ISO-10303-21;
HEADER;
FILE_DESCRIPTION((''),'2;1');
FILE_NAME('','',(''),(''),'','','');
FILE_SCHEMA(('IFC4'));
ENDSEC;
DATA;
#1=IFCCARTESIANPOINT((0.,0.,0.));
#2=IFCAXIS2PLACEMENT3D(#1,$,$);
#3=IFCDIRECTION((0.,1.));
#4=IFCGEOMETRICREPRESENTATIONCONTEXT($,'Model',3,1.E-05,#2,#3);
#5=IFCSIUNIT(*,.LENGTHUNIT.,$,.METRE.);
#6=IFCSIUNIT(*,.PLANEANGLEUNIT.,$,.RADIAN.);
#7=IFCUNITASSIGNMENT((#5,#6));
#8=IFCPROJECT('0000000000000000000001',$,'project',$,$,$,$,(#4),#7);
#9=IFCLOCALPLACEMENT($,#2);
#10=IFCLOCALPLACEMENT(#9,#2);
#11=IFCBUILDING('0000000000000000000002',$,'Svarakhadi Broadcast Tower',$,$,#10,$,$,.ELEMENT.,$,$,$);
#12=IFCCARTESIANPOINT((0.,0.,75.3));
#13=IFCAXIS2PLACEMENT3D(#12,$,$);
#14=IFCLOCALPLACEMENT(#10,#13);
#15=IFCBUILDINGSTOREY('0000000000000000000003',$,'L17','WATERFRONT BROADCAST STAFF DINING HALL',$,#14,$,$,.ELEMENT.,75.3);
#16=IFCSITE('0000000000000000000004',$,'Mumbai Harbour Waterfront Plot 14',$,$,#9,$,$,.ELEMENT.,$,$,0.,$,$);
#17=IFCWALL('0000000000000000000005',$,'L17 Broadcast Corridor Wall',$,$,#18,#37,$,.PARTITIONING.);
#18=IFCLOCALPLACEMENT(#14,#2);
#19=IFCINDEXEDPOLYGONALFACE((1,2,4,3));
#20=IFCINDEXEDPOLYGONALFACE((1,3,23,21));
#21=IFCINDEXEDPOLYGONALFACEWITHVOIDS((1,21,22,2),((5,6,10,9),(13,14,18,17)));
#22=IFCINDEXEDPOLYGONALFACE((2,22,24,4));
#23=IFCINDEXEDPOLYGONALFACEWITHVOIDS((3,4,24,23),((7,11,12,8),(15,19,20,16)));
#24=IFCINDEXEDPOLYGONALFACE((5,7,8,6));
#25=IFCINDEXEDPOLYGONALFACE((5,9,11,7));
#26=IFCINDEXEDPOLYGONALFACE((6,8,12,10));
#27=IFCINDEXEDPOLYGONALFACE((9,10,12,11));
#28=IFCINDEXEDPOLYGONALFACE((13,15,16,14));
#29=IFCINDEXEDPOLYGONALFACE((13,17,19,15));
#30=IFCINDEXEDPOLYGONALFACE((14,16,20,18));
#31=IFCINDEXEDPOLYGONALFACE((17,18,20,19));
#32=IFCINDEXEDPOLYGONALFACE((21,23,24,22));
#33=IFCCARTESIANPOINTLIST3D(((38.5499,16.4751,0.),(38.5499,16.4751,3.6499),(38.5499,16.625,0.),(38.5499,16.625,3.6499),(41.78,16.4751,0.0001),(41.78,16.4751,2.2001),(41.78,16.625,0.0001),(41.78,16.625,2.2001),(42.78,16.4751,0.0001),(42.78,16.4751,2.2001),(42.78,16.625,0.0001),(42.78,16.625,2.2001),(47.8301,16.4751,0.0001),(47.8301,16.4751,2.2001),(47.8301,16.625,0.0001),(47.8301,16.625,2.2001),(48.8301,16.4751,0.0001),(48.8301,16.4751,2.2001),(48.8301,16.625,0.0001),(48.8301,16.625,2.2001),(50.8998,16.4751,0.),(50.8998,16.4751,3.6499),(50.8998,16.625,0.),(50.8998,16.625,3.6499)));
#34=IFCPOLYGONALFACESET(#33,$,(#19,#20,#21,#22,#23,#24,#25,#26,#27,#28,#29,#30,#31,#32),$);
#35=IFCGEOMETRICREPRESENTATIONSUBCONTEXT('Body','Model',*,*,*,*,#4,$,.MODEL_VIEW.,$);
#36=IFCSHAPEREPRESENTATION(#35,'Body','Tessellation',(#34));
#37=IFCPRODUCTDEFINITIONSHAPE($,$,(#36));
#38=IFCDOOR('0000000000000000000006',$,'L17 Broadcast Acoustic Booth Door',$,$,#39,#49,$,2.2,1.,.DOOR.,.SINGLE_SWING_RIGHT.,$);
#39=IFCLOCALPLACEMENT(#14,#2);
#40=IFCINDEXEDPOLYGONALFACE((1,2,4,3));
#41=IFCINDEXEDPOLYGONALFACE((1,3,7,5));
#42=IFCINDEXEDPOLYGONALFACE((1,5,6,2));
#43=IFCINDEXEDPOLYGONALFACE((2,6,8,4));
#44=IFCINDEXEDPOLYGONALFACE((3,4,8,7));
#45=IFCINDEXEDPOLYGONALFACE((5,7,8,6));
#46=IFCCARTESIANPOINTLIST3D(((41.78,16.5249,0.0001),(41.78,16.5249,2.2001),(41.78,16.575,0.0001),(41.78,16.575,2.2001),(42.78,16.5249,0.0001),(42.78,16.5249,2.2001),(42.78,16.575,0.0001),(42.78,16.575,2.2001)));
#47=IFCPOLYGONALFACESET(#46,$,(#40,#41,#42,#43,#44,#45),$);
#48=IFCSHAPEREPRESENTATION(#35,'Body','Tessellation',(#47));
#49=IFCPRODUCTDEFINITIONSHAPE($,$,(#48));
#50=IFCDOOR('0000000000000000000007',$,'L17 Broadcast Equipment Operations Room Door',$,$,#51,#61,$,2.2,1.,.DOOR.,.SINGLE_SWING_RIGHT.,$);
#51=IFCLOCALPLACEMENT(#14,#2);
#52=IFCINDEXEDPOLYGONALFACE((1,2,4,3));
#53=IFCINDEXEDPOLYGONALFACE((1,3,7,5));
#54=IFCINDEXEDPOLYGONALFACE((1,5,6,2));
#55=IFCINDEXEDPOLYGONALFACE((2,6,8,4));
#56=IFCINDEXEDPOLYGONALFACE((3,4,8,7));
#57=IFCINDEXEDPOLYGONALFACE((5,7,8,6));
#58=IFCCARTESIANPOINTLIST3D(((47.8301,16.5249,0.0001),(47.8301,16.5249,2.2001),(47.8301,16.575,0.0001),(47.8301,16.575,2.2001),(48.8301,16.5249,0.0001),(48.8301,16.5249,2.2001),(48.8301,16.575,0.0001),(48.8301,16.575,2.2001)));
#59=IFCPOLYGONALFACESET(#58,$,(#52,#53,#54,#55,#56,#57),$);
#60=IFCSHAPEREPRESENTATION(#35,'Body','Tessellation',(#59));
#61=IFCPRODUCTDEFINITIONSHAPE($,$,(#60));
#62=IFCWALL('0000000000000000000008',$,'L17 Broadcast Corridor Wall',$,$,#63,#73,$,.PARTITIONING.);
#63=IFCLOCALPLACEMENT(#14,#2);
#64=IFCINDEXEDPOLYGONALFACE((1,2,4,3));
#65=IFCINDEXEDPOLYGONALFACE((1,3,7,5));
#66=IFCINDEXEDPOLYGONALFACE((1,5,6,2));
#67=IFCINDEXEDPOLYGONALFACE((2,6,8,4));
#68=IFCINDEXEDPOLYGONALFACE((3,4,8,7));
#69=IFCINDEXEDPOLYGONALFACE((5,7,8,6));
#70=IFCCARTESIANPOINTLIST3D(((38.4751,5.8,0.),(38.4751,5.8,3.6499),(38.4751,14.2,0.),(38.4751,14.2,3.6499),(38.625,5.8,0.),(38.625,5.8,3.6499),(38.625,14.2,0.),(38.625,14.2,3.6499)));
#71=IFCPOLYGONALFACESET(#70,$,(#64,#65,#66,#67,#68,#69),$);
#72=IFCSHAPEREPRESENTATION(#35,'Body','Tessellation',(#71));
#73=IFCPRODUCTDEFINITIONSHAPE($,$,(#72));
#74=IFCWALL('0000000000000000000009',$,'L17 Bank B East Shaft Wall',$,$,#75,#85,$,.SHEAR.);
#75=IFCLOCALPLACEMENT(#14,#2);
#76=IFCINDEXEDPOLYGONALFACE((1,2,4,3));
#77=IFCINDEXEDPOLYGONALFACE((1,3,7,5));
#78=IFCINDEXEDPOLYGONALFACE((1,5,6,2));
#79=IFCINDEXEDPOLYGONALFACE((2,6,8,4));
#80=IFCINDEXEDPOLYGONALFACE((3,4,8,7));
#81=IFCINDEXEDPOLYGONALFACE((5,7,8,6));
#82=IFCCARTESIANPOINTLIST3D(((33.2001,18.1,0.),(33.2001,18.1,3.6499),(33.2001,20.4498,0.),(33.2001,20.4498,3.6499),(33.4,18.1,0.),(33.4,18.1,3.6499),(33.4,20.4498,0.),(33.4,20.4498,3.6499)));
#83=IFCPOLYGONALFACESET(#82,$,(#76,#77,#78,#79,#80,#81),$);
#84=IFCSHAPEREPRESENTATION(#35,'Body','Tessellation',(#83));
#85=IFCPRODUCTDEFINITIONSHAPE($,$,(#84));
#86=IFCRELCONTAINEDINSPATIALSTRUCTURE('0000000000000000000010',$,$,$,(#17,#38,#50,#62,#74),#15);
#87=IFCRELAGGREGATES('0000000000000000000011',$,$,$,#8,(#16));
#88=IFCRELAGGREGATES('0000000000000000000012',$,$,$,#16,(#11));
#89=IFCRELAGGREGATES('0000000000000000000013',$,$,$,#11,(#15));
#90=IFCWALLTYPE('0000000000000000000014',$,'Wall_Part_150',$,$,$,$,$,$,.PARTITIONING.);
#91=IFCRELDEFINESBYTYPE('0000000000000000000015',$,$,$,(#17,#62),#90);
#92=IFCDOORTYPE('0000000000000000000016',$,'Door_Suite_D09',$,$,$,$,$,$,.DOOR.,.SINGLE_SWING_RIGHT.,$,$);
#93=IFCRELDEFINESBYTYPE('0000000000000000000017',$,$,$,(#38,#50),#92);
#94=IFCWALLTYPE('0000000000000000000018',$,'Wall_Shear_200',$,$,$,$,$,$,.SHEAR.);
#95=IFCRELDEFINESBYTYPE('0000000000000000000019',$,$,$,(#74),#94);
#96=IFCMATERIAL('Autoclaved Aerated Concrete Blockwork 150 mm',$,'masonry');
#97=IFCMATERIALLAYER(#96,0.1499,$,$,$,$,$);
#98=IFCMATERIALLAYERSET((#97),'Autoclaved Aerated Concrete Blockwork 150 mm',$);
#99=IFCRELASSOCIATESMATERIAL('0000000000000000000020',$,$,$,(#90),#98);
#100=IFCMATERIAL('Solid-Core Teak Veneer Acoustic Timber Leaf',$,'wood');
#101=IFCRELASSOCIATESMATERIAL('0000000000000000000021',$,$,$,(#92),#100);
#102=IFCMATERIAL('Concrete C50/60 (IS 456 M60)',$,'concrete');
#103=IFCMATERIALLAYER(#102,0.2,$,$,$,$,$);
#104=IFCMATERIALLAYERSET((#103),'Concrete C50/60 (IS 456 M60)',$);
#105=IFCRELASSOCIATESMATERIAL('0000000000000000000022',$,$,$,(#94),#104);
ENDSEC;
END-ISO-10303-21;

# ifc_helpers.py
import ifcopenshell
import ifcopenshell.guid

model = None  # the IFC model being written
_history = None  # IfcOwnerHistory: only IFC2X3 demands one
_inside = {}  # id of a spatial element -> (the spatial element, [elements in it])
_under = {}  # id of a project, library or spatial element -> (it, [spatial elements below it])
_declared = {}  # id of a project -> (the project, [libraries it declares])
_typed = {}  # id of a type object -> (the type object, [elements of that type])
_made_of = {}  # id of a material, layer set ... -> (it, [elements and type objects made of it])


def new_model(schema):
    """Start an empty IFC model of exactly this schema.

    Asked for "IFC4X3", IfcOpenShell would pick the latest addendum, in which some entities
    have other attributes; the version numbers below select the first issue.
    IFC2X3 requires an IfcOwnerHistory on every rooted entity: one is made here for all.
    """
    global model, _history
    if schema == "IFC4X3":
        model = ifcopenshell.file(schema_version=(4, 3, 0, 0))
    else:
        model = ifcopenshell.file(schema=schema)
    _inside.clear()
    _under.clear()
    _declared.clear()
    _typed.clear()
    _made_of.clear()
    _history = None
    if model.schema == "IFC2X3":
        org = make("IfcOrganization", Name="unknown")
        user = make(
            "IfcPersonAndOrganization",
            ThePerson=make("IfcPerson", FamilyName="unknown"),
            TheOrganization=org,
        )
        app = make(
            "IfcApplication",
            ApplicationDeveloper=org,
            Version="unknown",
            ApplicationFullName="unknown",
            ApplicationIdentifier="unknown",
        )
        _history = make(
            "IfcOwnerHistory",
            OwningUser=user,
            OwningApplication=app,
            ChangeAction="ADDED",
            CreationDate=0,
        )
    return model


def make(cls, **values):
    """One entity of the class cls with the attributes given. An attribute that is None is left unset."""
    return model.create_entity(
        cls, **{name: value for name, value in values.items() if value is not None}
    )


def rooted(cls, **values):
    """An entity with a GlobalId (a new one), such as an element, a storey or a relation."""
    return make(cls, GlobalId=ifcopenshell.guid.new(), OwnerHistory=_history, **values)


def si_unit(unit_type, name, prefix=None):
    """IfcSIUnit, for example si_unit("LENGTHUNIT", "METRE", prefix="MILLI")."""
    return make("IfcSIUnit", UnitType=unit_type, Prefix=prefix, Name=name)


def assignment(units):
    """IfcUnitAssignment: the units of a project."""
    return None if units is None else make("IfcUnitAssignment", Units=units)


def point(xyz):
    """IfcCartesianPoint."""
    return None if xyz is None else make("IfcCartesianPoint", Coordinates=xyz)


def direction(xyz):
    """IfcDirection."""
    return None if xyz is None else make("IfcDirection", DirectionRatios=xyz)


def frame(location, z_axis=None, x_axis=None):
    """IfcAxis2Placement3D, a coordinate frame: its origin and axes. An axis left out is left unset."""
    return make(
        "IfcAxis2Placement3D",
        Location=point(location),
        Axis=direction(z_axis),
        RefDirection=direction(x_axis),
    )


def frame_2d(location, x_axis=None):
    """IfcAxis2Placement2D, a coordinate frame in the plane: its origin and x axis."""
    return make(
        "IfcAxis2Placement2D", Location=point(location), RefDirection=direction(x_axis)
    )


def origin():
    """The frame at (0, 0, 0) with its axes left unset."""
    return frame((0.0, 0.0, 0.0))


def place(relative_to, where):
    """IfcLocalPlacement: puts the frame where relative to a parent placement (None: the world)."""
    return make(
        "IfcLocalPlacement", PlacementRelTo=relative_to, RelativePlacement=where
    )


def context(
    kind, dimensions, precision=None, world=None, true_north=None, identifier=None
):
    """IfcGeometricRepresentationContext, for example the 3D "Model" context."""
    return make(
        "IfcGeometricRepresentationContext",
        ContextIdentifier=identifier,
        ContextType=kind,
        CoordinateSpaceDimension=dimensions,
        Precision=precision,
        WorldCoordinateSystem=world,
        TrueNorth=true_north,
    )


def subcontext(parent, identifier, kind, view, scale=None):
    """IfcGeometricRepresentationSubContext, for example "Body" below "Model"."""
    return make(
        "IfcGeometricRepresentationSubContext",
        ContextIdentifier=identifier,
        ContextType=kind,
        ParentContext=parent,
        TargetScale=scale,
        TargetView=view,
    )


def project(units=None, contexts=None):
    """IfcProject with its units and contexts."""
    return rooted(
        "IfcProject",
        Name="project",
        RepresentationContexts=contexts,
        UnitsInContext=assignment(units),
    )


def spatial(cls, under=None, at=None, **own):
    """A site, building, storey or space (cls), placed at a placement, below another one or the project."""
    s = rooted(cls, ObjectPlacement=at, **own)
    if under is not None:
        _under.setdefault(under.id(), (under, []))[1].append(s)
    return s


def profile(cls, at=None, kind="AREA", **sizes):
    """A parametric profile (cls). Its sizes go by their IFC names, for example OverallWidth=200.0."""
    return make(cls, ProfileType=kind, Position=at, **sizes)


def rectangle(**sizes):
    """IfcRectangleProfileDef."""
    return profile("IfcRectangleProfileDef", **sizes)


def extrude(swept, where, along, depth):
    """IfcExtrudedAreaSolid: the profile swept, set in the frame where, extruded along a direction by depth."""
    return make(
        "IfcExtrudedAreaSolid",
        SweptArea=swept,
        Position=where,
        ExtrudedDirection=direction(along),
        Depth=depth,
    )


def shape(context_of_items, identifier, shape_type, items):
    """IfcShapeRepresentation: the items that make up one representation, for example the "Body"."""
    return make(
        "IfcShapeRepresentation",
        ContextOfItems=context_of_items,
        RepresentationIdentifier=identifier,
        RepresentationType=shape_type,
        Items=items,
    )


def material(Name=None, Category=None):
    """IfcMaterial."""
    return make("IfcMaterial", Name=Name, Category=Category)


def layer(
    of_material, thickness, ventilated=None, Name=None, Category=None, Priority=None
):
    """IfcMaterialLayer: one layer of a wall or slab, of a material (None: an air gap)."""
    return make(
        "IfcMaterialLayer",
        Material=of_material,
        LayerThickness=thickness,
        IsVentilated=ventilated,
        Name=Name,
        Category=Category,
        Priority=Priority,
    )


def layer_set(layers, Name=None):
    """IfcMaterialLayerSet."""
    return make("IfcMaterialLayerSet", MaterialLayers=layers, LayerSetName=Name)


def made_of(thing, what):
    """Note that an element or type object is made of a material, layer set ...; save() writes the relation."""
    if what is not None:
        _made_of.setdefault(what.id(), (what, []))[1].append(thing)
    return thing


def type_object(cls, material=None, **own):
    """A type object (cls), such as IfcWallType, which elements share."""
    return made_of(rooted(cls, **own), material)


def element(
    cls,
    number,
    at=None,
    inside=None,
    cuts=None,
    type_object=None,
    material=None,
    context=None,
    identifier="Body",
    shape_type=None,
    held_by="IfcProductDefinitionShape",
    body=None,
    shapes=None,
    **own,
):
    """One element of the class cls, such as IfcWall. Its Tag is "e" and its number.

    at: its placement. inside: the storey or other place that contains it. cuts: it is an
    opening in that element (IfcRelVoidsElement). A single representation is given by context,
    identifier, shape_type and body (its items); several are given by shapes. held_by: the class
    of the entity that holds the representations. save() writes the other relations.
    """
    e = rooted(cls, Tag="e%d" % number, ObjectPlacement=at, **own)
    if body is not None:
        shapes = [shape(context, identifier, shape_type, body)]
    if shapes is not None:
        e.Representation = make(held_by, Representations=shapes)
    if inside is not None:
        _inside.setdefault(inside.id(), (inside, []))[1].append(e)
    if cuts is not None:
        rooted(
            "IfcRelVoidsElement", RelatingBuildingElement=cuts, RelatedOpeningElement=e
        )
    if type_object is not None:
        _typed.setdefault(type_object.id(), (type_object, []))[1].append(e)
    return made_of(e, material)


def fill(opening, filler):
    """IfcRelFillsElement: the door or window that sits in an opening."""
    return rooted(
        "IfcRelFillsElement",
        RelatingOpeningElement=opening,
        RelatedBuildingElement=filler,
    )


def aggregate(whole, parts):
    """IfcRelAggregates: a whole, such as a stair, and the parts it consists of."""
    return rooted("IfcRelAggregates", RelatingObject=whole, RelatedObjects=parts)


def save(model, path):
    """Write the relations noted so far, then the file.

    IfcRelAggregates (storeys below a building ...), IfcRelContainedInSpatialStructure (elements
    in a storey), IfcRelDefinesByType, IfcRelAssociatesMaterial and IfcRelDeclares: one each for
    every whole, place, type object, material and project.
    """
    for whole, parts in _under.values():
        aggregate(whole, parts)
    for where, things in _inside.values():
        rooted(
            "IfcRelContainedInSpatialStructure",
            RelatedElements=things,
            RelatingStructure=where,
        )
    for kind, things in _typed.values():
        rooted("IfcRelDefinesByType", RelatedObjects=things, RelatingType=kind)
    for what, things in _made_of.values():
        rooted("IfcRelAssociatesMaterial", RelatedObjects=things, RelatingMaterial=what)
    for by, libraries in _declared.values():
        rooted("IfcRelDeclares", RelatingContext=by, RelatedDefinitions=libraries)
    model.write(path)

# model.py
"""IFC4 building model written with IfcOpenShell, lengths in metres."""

from ifc_helpers import new_model, si_unit, direction, frame, frame_2d, origin, place, context, subcontext, project, spatial, rectangle, extrude, material, layer, layer_set, type_object, element, fill, save


model = new_model("IFC4")

# Units and contexts
model_context = context("Model", 3, precision=1e-05, world=origin(), true_north=direction((0.0, 1.0)))
body_context = subcontext(model_context, "Body", "Model", "MODEL_VIEW")
ifc_project = project(units=[si_unit("LENGTHUNIT", "METRE"), si_unit("PLANEANGLEUNIT", "RADIAN")], contexts=[model_context])

# Site, building, storey
site_placement = place(None, origin())
site = spatial("IfcSite", under=ifc_project, at=site_placement, Name="Mumbai Harbour Waterfront Plot 14", CompositionType="ELEMENT", RefElevation=0.0)
building_placement = place(site_placement, origin())
building = spatial("IfcBuilding", under=site, at=building_placement, Name="Svarakhadi Broadcast Tower", CompositionType="ELEMENT")
storey_placement = place(building_placement, frame((0.0, 0.0, 75.3)))
storey = spatial("IfcBuildingStorey", under=building, at=storey_placement, Name="L17", Description="WATERFRONT BROADCAST STAFF DINING HALL", CompositionType="ELEMENT", Elevation=75.3)

# Shared definitions
ifc_material_1 = material(Name="Autoclaved Aerated Concrete Blockwork 150 mm", Category="masonry")
ifc_layer_1 = layer(ifc_material_1, 0.1499)
ifc_layer_set_1 = layer_set([ifc_layer_1], Name="Autoclaved Aerated Concrete Blockwork 150 mm")
wall_type_1 = type_object("IfcWallType", Name="Wall_Part_150", PredefinedType="PARTITIONING", material=ifc_layer_set_1)

# Wall, openings, doors
wall_1_placement = place(storey_placement, frame((38.55, 16.55, 0.0), z_axis=(0.0, 0.0, 1.0), x_axis=(1.0, 0.0, 0.0)))
wall_1 = element("IfcWall", 1, at=wall_1_placement, inside=storey, type_object=wall_type_1, Name="L17 Broadcast Corridor Wall", PredefinedType="PARTITIONING", context=body_context, shape_type="SweptSolid", body=[
    extrude(rectangle(XDim=12.3499, YDim=0.1499, at=frame_2d((6.1748, 0.0))), origin(), (0.0, 0.0, 1.0), 3.6499),
])
opening_1_placement = place(wall_1_placement, frame((3.23, 0.0, 0.0)))
opening_1 = element("IfcOpeningElement", 2, at=opening_1_placement, cuts=wall_1, PredefinedType="OPENING", context=body_context, shape_type="SweptSolid", body=[
    extrude(rectangle(XDim=1.0, YDim=2.2, at=frame_2d((0.5, 1.1001))), frame((0.0, 0.085, 0.0), z_axis=(0.0, -1.0, 0.0), x_axis=(1.0, 0.0, 0.0)), (0.0, 0.0, 1.0), 0.1699),
])
opening_2_placement = place(wall_1_placement, frame((9.28, 0.0, 0.0)))
opening_2 = element("IfcOpeningElement", 3, at=opening_2_placement, cuts=wall_1, PredefinedType="OPENING", context=body_context, shape_type="SweptSolid", body=[
    extrude(rectangle(XDim=1.0, YDim=2.2, at=frame_2d((0.5, 1.1001))), frame((0.0, 0.085, 0.0), z_axis=(0.0, -1.0, 0.0), x_axis=(1.0, 0.0, 0.0)), (0.0, 0.0, 1.0), 0.1699),
])
ifc_material_2 = material(Name="Solid-Core Teak Veneer Acoustic Timber Leaf", Category="wood")
door_type_1 = type_object("IfcDoorType", Name="Door_Suite_D09", OperationType="SINGLE_SWING_RIGHT", PredefinedType="DOOR", material=ifc_material_2)
door_1_placement = place(opening_1_placement, origin())
door_1 = element("IfcDoor", 4, at=door_1_placement, inside=storey, type_object=door_type_1, Name="L17 Broadcast Acoustic Booth Door", OperationType="SINGLE_SWING_RIGHT", OverallHeight=2.2, OverallWidth=1.0, PredefinedType="DOOR", context=body_context, shape_type="SweptSolid", body=[
    extrude(rectangle(XDim=1.0, YDim=2.2, at=frame_2d((0.5, 1.1001))), frame((0.0, 0.0249, 0.0), z_axis=(0.0, -1.0, 0.0), x_axis=(1.0, 0.0, 0.0)), (0.0, 0.0, 1.0), 0.05),
])
fill(opening_1, door_1)
door_2_placement = place(opening_2_placement, origin())
door_2 = element("IfcDoor", 5, at=door_2_placement, inside=storey, type_object=door_type_1, Name="L17 Broadcast Equipment Operations Room Door", OperationType="SINGLE_SWING_RIGHT", OverallHeight=2.2, OverallWidth=1.0, PredefinedType="DOOR", context=body_context, shape_type="SweptSolid", body=[
    extrude(rectangle(XDim=1.0, YDim=2.2, at=frame_2d((0.5, 1.1001))), frame((0.0, 0.0249, 0.0), z_axis=(0.0, -1.0, 0.0), x_axis=(1.0, 0.0, 0.0)), (0.0, 0.0, 1.0), 0.05),
])
fill(opening_2, door_2)

# Walls
wall_2_placement = place(storey_placement, frame((38.55, 14.2, 0.0), z_axis=(0.0, 0.0, 1.0), x_axis=(0.0, -1.0, 0.0)))
element("IfcWall", 6, at=wall_2_placement, inside=storey, type_object=wall_type_1, Name="L17 Broadcast Corridor Wall", PredefinedType="PARTITIONING", context=body_context, shape_type="SweptSolid", body=[
    extrude(rectangle(XDim=8.3999, YDim=0.1499, at=frame_2d((4.2, 0.0))), origin(), (0.0, 0.0, 1.0), 3.6499),
])
ifc_material_3 = material(Name="Concrete C50/60 (IS 456 M60)", Category="concrete")
ifc_layer_2 = layer(ifc_material_3, 0.2)
ifc_layer_set_2 = layer_set([ifc_layer_2], Name="Concrete C50/60 (IS 456 M60)")
wall_type_2 = type_object("IfcWallType", Name="Wall_Shear_200", PredefinedType="SHEAR", material=ifc_layer_set_2)
wall_3_placement = place(storey_placement, frame((33.3, 18.1001, 0.0), z_axis=(0.0, 0.0, 1.0), x_axis=(0.0, 1.0, 0.0)))
element("IfcWall", 7, at=wall_3_placement, inside=storey, type_object=wall_type_2, Name="L17 Bank B East Shaft Wall", PredefinedType="SHEAR", context=body_context, shape_type="SweptSolid", body=[
    extrude(rectangle(XDim=2.3499, YDim=0.2, at=frame_2d((1.1748, 0.0))), origin(), (0.0, 0.0, 1.0), 3.6499),
])

save(model, "model.ifc")
